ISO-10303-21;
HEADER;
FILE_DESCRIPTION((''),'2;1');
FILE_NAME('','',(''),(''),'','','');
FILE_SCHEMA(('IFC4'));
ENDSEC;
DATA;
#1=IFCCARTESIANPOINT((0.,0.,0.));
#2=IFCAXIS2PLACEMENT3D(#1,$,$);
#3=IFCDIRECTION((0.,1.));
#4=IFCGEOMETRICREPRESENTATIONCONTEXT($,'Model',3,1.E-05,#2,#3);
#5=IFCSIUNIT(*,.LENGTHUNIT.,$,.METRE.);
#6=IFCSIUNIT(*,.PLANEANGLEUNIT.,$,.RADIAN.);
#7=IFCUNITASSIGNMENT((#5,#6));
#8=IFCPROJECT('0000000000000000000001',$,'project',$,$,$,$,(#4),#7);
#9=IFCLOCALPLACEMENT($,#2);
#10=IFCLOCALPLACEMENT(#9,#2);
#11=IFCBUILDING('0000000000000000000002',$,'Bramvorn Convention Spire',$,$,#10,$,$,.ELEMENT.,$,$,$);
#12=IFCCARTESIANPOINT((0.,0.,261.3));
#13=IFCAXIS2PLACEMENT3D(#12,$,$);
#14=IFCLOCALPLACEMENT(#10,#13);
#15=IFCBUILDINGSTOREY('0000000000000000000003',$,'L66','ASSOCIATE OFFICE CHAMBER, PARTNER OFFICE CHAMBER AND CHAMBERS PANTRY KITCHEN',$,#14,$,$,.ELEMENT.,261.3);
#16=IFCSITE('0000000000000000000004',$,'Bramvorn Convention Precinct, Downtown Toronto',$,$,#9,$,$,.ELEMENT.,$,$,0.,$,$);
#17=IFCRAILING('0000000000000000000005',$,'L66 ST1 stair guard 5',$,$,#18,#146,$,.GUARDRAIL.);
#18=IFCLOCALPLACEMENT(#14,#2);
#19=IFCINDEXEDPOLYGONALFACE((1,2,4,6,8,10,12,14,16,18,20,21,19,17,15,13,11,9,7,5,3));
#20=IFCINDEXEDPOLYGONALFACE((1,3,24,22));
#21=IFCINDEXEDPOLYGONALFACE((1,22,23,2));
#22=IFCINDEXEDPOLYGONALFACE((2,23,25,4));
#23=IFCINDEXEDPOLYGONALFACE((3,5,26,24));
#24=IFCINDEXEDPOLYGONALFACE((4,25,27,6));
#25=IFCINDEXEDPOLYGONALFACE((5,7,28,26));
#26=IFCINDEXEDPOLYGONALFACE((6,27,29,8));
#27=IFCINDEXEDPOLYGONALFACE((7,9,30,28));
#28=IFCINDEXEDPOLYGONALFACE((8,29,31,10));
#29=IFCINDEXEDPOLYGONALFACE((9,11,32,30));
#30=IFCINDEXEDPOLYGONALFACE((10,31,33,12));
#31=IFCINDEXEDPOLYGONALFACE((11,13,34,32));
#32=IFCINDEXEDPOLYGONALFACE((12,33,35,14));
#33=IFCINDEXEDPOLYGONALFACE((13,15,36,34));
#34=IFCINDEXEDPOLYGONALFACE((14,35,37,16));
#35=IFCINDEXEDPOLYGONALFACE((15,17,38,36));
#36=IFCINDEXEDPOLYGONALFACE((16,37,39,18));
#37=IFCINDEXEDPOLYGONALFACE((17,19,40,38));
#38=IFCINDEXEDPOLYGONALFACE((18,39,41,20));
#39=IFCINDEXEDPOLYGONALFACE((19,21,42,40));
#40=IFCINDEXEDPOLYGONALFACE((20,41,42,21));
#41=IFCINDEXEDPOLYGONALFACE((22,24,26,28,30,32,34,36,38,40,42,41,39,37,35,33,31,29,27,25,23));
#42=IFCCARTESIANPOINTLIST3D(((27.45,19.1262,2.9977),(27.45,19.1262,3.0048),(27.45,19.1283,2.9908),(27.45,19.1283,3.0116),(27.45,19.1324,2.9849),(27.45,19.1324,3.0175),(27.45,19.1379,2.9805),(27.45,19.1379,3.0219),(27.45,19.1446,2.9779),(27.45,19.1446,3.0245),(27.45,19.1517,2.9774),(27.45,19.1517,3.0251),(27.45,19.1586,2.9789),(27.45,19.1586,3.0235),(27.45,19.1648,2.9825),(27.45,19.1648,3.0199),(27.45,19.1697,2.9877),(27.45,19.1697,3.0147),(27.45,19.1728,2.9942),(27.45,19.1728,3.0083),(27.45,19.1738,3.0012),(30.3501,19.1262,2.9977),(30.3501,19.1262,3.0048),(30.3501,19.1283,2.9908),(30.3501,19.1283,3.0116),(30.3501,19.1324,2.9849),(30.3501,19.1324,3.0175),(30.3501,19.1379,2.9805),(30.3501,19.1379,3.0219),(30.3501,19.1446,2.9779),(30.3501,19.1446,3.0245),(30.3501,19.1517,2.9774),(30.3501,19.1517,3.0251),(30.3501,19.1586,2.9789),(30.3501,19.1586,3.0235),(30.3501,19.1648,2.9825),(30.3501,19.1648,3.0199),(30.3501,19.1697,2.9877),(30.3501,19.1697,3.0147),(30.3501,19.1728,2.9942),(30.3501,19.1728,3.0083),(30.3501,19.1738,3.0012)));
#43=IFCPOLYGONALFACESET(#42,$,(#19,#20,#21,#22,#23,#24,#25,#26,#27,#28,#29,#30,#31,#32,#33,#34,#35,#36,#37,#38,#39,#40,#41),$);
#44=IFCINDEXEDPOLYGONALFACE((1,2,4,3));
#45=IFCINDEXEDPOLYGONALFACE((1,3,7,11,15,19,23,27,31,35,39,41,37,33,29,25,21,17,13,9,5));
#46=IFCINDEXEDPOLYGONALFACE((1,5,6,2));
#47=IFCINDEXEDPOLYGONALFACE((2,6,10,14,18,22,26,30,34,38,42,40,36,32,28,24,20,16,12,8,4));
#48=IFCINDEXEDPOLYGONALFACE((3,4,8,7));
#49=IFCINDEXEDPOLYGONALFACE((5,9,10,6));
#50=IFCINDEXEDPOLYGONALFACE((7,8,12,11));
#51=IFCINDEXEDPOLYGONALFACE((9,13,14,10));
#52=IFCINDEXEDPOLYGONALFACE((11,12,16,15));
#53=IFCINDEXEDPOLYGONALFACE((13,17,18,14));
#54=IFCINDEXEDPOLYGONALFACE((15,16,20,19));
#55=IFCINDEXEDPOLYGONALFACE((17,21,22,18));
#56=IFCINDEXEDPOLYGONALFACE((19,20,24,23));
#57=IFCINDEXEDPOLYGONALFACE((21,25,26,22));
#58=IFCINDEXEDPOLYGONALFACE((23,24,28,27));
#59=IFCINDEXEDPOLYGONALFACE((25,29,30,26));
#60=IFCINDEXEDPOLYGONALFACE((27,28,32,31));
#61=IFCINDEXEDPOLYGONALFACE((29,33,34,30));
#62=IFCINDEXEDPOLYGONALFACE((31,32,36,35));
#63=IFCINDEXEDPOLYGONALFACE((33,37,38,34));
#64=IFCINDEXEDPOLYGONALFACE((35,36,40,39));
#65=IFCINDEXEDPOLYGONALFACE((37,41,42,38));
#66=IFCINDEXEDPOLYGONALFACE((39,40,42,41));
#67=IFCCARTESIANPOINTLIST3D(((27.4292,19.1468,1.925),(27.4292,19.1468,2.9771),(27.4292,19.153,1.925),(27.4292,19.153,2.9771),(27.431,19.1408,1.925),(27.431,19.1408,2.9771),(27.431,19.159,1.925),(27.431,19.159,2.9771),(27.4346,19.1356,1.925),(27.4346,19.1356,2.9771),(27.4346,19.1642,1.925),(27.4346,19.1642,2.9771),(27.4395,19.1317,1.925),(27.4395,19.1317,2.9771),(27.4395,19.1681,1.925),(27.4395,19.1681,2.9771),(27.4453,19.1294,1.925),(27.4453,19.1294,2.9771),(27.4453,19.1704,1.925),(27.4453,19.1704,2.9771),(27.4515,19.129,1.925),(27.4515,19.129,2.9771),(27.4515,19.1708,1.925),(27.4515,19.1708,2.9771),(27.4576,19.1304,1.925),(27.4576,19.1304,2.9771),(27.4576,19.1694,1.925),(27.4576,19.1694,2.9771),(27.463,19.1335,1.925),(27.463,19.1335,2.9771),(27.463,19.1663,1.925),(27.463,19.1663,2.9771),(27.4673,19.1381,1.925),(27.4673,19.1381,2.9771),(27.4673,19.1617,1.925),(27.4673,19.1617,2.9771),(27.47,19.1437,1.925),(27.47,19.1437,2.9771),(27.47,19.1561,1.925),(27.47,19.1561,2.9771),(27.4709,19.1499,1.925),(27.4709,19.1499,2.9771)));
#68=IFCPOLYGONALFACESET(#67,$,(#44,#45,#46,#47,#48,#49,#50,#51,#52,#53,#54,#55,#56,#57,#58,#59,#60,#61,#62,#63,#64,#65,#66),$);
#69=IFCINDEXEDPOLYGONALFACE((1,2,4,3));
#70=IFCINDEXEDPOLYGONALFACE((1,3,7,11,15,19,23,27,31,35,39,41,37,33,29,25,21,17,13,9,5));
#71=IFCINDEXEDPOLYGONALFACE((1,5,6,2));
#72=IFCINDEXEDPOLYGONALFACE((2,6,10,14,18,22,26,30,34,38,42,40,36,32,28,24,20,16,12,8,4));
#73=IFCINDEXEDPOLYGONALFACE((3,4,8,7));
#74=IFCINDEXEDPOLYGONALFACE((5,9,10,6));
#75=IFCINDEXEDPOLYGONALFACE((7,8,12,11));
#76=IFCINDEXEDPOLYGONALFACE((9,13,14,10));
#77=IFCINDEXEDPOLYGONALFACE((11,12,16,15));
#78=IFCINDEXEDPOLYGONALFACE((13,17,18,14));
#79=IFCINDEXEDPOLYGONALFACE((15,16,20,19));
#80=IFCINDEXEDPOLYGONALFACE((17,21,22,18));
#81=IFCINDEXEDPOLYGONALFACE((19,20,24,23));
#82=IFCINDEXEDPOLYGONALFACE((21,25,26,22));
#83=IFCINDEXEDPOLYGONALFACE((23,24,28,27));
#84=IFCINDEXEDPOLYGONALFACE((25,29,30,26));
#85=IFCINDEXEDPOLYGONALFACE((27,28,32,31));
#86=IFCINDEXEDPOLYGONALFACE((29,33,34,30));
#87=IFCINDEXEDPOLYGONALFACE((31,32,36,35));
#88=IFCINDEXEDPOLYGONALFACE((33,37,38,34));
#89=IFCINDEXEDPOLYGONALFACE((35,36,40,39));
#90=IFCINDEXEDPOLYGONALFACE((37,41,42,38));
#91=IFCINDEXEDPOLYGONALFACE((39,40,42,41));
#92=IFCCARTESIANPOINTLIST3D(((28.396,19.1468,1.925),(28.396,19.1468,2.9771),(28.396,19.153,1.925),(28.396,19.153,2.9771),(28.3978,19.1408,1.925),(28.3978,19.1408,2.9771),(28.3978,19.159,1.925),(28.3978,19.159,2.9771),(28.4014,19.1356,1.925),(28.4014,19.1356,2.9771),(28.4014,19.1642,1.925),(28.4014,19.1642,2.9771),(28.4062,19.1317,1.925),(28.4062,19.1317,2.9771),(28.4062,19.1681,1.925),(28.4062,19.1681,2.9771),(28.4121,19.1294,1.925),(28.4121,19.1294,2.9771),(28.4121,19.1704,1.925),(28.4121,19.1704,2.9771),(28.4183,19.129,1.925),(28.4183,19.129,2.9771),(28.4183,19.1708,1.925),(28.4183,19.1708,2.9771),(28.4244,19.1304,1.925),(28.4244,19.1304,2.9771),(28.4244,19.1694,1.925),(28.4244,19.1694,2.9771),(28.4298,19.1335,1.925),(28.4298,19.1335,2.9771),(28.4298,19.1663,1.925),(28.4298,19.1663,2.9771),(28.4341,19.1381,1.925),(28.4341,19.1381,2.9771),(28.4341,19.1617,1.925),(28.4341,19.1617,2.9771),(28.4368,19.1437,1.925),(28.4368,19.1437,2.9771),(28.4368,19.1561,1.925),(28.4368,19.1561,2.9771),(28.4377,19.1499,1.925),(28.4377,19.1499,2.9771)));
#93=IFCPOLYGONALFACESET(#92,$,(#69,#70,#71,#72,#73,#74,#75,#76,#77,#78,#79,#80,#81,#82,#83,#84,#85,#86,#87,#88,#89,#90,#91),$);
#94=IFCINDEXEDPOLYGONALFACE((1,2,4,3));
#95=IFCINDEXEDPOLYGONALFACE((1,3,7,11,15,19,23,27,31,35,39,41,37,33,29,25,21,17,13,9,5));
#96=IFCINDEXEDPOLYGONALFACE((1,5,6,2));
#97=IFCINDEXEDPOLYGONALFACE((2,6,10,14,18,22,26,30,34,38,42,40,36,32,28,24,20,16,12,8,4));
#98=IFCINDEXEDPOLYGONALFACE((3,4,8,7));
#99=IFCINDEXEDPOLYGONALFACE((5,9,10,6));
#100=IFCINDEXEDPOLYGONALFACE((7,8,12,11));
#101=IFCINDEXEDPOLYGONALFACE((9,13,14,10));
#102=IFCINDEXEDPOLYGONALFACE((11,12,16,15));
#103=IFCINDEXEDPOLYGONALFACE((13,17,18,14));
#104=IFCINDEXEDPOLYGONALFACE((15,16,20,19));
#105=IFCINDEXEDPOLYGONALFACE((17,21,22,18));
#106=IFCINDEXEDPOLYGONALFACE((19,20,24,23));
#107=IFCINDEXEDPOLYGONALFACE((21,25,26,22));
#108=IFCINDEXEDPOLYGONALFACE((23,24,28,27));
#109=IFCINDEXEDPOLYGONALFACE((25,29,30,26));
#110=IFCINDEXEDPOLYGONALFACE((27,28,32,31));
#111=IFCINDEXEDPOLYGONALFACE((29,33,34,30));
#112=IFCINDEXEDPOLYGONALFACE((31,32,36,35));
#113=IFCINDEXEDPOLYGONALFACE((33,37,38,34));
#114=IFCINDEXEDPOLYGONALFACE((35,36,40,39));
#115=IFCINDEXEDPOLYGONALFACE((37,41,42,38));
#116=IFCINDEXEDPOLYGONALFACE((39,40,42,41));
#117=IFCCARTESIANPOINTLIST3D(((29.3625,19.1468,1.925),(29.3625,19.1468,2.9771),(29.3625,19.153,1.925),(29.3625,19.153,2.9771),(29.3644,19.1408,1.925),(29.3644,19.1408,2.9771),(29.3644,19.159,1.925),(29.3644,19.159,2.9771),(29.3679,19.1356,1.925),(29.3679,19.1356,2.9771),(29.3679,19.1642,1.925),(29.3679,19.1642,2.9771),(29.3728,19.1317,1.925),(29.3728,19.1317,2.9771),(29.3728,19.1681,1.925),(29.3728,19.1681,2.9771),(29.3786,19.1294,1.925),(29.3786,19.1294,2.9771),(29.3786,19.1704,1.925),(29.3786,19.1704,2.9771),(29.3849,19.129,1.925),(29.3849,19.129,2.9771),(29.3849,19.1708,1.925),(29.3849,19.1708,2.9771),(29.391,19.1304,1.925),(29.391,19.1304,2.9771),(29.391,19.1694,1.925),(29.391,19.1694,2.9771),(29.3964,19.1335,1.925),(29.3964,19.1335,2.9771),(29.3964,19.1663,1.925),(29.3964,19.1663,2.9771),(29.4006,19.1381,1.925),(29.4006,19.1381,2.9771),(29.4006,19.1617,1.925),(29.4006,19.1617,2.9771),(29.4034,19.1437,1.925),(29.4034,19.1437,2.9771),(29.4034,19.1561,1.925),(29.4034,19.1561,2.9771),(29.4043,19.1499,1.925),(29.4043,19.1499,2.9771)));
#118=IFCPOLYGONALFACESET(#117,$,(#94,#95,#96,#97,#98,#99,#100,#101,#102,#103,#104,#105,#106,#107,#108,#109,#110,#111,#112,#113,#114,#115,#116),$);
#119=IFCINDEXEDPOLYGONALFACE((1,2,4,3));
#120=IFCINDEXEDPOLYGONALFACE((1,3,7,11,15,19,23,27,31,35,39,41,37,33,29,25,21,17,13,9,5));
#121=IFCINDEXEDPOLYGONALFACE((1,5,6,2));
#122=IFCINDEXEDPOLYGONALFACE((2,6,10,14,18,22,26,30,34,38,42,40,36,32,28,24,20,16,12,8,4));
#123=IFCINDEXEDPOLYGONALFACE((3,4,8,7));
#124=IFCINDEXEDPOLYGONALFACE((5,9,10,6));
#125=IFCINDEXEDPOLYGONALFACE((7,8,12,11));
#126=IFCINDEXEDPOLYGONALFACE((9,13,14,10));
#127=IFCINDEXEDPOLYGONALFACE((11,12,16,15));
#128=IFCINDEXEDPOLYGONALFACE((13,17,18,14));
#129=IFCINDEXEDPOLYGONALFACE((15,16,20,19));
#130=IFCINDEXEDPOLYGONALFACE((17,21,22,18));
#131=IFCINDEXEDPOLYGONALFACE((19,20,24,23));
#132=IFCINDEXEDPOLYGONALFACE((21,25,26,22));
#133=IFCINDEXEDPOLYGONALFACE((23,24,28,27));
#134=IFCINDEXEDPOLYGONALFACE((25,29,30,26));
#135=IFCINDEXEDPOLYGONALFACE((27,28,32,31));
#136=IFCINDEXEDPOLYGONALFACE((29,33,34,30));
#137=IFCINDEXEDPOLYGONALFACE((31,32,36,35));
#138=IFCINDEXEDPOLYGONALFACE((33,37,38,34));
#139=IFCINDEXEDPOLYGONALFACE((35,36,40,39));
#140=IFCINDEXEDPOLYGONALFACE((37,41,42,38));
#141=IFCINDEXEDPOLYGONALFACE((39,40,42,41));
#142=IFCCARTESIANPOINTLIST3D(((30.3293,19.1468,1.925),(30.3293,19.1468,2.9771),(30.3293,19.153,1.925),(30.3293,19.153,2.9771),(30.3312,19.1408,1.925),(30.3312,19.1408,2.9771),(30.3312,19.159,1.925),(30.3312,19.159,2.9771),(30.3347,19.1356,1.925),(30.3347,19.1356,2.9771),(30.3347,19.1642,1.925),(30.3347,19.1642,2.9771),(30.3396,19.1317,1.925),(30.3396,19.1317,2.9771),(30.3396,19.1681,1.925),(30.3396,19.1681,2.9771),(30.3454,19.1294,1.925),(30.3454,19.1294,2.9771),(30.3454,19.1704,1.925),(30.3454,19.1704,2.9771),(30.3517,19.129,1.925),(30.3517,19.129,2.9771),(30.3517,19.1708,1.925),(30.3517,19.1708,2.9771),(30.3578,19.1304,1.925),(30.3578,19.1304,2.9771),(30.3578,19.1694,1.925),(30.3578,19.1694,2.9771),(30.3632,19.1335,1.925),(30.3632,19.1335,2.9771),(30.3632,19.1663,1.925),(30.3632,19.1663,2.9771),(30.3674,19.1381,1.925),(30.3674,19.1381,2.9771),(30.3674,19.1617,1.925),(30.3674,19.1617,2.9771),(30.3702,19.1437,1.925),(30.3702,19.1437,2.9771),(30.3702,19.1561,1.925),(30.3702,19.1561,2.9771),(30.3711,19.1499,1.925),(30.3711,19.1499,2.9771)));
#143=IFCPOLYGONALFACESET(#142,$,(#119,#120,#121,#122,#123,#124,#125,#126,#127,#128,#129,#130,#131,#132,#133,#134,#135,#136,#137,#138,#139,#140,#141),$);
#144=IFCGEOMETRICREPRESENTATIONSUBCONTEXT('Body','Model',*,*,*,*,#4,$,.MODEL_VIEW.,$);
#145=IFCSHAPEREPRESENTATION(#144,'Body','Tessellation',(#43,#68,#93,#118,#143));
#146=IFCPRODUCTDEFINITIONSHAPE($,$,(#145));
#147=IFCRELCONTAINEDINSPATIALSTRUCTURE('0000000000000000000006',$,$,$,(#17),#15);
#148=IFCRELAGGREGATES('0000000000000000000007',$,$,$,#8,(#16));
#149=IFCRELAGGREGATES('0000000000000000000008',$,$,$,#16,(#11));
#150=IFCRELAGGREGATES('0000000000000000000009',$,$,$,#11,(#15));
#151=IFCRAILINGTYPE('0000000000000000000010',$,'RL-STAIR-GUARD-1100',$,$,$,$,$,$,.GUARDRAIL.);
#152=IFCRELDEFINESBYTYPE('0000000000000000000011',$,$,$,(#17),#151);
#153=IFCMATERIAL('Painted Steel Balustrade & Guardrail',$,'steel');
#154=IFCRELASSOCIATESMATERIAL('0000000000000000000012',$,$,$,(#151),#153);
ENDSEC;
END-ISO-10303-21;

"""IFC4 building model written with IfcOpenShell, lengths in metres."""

from ifc_helpers import new_model, si_unit, direction, frame, origin, origin_2d, place, context, subcontext, project, spatial, circle, extrude, material, type_object, element, save


model = new_model("IFC4")

# Units and contexts
model_context = context("Model", 3, precision=1e-05, world=origin(), true_north=direction((0.0, 1.0)))
body_context = subcontext(model_context, "Body", "Model", "MODEL_VIEW")
ifc_project = project(units=[si_unit("LENGTHUNIT", "METRE"), si_unit("PLANEANGLEUNIT", "RADIAN")], contexts=[model_context])

# Site, building, storey
site_placement = place(None, origin())
site = spatial("IfcSite", under=ifc_project, at=site_placement, Name="Bramvorn Convention Precinct, Downtown Toronto", CompositionType="ELEMENT", RefElevation=0.0)
building_placement = place(site_placement, origin())
building = spatial("IfcBuilding", under=site, at=building_placement, Name="Bramvorn Convention Spire", CompositionType="ELEMENT")
storey_placement = place(building_placement, frame((0.0, 0.0, 261.3)))
storey = spatial("IfcBuildingStorey", under=building, at=storey_placement, Name="L66", Description="ASSOCIATE OFFICE CHAMBER, PARTNER OFFICE CHAMBER AND CHAMBERS PANTRY KITCHEN", CompositionType="ELEMENT", Elevation=261.3)

# Railing
ifc_material_1 = material(Name="Painted Steel Balustrade & Guardrail", Category="steel")
railing_type_1 = type_object("IfcRailingType", Name="RL-STAIR-GUARD-1100", PredefinedType="GUARDRAIL", material=ifc_material_1)
railing_1_placement = place(storey_placement, frame((27.45, 19.1499, 1.925)))
element("IfcRailing", 1, at=railing_1_placement, inside=storey, type_object=railing_type_1, Name="L66 ST1 stair guard 5", PredefinedType="GUARDRAIL", context=body_context, shape_type="SweptSolid", body=[
    extrude(circle(Radius=0.0239, at=origin_2d()), frame((0.0, 0.0, 1.0762), z_axis=(1.0, 0.0, 0.0), x_axis=(0.0, 1.0, 0.0)), (0.0, 0.0, 1.0), 2.9001),
    extrude(circle(Radius=0.021, at=origin_2d()), origin(), (0.0, 0.0, 1.0), 1.052),
    extrude(circle(Radius=0.021, at=origin_2d()), frame((0.9668, 0.0, 0.0)), (0.0, 0.0, 1.0), 1.052),
    extrude(circle(Radius=0.021, at=origin_2d()), frame((1.9333, 0.0, 0.0)), (0.0, 0.0, 1.0), 1.052),
    extrude(circle(Radius=0.021, at=origin_2d()), frame((2.9001, 0.0, 0.0)), (0.0, 0.0, 1.0), 1.052),
])

save(model, "model.ifc")
